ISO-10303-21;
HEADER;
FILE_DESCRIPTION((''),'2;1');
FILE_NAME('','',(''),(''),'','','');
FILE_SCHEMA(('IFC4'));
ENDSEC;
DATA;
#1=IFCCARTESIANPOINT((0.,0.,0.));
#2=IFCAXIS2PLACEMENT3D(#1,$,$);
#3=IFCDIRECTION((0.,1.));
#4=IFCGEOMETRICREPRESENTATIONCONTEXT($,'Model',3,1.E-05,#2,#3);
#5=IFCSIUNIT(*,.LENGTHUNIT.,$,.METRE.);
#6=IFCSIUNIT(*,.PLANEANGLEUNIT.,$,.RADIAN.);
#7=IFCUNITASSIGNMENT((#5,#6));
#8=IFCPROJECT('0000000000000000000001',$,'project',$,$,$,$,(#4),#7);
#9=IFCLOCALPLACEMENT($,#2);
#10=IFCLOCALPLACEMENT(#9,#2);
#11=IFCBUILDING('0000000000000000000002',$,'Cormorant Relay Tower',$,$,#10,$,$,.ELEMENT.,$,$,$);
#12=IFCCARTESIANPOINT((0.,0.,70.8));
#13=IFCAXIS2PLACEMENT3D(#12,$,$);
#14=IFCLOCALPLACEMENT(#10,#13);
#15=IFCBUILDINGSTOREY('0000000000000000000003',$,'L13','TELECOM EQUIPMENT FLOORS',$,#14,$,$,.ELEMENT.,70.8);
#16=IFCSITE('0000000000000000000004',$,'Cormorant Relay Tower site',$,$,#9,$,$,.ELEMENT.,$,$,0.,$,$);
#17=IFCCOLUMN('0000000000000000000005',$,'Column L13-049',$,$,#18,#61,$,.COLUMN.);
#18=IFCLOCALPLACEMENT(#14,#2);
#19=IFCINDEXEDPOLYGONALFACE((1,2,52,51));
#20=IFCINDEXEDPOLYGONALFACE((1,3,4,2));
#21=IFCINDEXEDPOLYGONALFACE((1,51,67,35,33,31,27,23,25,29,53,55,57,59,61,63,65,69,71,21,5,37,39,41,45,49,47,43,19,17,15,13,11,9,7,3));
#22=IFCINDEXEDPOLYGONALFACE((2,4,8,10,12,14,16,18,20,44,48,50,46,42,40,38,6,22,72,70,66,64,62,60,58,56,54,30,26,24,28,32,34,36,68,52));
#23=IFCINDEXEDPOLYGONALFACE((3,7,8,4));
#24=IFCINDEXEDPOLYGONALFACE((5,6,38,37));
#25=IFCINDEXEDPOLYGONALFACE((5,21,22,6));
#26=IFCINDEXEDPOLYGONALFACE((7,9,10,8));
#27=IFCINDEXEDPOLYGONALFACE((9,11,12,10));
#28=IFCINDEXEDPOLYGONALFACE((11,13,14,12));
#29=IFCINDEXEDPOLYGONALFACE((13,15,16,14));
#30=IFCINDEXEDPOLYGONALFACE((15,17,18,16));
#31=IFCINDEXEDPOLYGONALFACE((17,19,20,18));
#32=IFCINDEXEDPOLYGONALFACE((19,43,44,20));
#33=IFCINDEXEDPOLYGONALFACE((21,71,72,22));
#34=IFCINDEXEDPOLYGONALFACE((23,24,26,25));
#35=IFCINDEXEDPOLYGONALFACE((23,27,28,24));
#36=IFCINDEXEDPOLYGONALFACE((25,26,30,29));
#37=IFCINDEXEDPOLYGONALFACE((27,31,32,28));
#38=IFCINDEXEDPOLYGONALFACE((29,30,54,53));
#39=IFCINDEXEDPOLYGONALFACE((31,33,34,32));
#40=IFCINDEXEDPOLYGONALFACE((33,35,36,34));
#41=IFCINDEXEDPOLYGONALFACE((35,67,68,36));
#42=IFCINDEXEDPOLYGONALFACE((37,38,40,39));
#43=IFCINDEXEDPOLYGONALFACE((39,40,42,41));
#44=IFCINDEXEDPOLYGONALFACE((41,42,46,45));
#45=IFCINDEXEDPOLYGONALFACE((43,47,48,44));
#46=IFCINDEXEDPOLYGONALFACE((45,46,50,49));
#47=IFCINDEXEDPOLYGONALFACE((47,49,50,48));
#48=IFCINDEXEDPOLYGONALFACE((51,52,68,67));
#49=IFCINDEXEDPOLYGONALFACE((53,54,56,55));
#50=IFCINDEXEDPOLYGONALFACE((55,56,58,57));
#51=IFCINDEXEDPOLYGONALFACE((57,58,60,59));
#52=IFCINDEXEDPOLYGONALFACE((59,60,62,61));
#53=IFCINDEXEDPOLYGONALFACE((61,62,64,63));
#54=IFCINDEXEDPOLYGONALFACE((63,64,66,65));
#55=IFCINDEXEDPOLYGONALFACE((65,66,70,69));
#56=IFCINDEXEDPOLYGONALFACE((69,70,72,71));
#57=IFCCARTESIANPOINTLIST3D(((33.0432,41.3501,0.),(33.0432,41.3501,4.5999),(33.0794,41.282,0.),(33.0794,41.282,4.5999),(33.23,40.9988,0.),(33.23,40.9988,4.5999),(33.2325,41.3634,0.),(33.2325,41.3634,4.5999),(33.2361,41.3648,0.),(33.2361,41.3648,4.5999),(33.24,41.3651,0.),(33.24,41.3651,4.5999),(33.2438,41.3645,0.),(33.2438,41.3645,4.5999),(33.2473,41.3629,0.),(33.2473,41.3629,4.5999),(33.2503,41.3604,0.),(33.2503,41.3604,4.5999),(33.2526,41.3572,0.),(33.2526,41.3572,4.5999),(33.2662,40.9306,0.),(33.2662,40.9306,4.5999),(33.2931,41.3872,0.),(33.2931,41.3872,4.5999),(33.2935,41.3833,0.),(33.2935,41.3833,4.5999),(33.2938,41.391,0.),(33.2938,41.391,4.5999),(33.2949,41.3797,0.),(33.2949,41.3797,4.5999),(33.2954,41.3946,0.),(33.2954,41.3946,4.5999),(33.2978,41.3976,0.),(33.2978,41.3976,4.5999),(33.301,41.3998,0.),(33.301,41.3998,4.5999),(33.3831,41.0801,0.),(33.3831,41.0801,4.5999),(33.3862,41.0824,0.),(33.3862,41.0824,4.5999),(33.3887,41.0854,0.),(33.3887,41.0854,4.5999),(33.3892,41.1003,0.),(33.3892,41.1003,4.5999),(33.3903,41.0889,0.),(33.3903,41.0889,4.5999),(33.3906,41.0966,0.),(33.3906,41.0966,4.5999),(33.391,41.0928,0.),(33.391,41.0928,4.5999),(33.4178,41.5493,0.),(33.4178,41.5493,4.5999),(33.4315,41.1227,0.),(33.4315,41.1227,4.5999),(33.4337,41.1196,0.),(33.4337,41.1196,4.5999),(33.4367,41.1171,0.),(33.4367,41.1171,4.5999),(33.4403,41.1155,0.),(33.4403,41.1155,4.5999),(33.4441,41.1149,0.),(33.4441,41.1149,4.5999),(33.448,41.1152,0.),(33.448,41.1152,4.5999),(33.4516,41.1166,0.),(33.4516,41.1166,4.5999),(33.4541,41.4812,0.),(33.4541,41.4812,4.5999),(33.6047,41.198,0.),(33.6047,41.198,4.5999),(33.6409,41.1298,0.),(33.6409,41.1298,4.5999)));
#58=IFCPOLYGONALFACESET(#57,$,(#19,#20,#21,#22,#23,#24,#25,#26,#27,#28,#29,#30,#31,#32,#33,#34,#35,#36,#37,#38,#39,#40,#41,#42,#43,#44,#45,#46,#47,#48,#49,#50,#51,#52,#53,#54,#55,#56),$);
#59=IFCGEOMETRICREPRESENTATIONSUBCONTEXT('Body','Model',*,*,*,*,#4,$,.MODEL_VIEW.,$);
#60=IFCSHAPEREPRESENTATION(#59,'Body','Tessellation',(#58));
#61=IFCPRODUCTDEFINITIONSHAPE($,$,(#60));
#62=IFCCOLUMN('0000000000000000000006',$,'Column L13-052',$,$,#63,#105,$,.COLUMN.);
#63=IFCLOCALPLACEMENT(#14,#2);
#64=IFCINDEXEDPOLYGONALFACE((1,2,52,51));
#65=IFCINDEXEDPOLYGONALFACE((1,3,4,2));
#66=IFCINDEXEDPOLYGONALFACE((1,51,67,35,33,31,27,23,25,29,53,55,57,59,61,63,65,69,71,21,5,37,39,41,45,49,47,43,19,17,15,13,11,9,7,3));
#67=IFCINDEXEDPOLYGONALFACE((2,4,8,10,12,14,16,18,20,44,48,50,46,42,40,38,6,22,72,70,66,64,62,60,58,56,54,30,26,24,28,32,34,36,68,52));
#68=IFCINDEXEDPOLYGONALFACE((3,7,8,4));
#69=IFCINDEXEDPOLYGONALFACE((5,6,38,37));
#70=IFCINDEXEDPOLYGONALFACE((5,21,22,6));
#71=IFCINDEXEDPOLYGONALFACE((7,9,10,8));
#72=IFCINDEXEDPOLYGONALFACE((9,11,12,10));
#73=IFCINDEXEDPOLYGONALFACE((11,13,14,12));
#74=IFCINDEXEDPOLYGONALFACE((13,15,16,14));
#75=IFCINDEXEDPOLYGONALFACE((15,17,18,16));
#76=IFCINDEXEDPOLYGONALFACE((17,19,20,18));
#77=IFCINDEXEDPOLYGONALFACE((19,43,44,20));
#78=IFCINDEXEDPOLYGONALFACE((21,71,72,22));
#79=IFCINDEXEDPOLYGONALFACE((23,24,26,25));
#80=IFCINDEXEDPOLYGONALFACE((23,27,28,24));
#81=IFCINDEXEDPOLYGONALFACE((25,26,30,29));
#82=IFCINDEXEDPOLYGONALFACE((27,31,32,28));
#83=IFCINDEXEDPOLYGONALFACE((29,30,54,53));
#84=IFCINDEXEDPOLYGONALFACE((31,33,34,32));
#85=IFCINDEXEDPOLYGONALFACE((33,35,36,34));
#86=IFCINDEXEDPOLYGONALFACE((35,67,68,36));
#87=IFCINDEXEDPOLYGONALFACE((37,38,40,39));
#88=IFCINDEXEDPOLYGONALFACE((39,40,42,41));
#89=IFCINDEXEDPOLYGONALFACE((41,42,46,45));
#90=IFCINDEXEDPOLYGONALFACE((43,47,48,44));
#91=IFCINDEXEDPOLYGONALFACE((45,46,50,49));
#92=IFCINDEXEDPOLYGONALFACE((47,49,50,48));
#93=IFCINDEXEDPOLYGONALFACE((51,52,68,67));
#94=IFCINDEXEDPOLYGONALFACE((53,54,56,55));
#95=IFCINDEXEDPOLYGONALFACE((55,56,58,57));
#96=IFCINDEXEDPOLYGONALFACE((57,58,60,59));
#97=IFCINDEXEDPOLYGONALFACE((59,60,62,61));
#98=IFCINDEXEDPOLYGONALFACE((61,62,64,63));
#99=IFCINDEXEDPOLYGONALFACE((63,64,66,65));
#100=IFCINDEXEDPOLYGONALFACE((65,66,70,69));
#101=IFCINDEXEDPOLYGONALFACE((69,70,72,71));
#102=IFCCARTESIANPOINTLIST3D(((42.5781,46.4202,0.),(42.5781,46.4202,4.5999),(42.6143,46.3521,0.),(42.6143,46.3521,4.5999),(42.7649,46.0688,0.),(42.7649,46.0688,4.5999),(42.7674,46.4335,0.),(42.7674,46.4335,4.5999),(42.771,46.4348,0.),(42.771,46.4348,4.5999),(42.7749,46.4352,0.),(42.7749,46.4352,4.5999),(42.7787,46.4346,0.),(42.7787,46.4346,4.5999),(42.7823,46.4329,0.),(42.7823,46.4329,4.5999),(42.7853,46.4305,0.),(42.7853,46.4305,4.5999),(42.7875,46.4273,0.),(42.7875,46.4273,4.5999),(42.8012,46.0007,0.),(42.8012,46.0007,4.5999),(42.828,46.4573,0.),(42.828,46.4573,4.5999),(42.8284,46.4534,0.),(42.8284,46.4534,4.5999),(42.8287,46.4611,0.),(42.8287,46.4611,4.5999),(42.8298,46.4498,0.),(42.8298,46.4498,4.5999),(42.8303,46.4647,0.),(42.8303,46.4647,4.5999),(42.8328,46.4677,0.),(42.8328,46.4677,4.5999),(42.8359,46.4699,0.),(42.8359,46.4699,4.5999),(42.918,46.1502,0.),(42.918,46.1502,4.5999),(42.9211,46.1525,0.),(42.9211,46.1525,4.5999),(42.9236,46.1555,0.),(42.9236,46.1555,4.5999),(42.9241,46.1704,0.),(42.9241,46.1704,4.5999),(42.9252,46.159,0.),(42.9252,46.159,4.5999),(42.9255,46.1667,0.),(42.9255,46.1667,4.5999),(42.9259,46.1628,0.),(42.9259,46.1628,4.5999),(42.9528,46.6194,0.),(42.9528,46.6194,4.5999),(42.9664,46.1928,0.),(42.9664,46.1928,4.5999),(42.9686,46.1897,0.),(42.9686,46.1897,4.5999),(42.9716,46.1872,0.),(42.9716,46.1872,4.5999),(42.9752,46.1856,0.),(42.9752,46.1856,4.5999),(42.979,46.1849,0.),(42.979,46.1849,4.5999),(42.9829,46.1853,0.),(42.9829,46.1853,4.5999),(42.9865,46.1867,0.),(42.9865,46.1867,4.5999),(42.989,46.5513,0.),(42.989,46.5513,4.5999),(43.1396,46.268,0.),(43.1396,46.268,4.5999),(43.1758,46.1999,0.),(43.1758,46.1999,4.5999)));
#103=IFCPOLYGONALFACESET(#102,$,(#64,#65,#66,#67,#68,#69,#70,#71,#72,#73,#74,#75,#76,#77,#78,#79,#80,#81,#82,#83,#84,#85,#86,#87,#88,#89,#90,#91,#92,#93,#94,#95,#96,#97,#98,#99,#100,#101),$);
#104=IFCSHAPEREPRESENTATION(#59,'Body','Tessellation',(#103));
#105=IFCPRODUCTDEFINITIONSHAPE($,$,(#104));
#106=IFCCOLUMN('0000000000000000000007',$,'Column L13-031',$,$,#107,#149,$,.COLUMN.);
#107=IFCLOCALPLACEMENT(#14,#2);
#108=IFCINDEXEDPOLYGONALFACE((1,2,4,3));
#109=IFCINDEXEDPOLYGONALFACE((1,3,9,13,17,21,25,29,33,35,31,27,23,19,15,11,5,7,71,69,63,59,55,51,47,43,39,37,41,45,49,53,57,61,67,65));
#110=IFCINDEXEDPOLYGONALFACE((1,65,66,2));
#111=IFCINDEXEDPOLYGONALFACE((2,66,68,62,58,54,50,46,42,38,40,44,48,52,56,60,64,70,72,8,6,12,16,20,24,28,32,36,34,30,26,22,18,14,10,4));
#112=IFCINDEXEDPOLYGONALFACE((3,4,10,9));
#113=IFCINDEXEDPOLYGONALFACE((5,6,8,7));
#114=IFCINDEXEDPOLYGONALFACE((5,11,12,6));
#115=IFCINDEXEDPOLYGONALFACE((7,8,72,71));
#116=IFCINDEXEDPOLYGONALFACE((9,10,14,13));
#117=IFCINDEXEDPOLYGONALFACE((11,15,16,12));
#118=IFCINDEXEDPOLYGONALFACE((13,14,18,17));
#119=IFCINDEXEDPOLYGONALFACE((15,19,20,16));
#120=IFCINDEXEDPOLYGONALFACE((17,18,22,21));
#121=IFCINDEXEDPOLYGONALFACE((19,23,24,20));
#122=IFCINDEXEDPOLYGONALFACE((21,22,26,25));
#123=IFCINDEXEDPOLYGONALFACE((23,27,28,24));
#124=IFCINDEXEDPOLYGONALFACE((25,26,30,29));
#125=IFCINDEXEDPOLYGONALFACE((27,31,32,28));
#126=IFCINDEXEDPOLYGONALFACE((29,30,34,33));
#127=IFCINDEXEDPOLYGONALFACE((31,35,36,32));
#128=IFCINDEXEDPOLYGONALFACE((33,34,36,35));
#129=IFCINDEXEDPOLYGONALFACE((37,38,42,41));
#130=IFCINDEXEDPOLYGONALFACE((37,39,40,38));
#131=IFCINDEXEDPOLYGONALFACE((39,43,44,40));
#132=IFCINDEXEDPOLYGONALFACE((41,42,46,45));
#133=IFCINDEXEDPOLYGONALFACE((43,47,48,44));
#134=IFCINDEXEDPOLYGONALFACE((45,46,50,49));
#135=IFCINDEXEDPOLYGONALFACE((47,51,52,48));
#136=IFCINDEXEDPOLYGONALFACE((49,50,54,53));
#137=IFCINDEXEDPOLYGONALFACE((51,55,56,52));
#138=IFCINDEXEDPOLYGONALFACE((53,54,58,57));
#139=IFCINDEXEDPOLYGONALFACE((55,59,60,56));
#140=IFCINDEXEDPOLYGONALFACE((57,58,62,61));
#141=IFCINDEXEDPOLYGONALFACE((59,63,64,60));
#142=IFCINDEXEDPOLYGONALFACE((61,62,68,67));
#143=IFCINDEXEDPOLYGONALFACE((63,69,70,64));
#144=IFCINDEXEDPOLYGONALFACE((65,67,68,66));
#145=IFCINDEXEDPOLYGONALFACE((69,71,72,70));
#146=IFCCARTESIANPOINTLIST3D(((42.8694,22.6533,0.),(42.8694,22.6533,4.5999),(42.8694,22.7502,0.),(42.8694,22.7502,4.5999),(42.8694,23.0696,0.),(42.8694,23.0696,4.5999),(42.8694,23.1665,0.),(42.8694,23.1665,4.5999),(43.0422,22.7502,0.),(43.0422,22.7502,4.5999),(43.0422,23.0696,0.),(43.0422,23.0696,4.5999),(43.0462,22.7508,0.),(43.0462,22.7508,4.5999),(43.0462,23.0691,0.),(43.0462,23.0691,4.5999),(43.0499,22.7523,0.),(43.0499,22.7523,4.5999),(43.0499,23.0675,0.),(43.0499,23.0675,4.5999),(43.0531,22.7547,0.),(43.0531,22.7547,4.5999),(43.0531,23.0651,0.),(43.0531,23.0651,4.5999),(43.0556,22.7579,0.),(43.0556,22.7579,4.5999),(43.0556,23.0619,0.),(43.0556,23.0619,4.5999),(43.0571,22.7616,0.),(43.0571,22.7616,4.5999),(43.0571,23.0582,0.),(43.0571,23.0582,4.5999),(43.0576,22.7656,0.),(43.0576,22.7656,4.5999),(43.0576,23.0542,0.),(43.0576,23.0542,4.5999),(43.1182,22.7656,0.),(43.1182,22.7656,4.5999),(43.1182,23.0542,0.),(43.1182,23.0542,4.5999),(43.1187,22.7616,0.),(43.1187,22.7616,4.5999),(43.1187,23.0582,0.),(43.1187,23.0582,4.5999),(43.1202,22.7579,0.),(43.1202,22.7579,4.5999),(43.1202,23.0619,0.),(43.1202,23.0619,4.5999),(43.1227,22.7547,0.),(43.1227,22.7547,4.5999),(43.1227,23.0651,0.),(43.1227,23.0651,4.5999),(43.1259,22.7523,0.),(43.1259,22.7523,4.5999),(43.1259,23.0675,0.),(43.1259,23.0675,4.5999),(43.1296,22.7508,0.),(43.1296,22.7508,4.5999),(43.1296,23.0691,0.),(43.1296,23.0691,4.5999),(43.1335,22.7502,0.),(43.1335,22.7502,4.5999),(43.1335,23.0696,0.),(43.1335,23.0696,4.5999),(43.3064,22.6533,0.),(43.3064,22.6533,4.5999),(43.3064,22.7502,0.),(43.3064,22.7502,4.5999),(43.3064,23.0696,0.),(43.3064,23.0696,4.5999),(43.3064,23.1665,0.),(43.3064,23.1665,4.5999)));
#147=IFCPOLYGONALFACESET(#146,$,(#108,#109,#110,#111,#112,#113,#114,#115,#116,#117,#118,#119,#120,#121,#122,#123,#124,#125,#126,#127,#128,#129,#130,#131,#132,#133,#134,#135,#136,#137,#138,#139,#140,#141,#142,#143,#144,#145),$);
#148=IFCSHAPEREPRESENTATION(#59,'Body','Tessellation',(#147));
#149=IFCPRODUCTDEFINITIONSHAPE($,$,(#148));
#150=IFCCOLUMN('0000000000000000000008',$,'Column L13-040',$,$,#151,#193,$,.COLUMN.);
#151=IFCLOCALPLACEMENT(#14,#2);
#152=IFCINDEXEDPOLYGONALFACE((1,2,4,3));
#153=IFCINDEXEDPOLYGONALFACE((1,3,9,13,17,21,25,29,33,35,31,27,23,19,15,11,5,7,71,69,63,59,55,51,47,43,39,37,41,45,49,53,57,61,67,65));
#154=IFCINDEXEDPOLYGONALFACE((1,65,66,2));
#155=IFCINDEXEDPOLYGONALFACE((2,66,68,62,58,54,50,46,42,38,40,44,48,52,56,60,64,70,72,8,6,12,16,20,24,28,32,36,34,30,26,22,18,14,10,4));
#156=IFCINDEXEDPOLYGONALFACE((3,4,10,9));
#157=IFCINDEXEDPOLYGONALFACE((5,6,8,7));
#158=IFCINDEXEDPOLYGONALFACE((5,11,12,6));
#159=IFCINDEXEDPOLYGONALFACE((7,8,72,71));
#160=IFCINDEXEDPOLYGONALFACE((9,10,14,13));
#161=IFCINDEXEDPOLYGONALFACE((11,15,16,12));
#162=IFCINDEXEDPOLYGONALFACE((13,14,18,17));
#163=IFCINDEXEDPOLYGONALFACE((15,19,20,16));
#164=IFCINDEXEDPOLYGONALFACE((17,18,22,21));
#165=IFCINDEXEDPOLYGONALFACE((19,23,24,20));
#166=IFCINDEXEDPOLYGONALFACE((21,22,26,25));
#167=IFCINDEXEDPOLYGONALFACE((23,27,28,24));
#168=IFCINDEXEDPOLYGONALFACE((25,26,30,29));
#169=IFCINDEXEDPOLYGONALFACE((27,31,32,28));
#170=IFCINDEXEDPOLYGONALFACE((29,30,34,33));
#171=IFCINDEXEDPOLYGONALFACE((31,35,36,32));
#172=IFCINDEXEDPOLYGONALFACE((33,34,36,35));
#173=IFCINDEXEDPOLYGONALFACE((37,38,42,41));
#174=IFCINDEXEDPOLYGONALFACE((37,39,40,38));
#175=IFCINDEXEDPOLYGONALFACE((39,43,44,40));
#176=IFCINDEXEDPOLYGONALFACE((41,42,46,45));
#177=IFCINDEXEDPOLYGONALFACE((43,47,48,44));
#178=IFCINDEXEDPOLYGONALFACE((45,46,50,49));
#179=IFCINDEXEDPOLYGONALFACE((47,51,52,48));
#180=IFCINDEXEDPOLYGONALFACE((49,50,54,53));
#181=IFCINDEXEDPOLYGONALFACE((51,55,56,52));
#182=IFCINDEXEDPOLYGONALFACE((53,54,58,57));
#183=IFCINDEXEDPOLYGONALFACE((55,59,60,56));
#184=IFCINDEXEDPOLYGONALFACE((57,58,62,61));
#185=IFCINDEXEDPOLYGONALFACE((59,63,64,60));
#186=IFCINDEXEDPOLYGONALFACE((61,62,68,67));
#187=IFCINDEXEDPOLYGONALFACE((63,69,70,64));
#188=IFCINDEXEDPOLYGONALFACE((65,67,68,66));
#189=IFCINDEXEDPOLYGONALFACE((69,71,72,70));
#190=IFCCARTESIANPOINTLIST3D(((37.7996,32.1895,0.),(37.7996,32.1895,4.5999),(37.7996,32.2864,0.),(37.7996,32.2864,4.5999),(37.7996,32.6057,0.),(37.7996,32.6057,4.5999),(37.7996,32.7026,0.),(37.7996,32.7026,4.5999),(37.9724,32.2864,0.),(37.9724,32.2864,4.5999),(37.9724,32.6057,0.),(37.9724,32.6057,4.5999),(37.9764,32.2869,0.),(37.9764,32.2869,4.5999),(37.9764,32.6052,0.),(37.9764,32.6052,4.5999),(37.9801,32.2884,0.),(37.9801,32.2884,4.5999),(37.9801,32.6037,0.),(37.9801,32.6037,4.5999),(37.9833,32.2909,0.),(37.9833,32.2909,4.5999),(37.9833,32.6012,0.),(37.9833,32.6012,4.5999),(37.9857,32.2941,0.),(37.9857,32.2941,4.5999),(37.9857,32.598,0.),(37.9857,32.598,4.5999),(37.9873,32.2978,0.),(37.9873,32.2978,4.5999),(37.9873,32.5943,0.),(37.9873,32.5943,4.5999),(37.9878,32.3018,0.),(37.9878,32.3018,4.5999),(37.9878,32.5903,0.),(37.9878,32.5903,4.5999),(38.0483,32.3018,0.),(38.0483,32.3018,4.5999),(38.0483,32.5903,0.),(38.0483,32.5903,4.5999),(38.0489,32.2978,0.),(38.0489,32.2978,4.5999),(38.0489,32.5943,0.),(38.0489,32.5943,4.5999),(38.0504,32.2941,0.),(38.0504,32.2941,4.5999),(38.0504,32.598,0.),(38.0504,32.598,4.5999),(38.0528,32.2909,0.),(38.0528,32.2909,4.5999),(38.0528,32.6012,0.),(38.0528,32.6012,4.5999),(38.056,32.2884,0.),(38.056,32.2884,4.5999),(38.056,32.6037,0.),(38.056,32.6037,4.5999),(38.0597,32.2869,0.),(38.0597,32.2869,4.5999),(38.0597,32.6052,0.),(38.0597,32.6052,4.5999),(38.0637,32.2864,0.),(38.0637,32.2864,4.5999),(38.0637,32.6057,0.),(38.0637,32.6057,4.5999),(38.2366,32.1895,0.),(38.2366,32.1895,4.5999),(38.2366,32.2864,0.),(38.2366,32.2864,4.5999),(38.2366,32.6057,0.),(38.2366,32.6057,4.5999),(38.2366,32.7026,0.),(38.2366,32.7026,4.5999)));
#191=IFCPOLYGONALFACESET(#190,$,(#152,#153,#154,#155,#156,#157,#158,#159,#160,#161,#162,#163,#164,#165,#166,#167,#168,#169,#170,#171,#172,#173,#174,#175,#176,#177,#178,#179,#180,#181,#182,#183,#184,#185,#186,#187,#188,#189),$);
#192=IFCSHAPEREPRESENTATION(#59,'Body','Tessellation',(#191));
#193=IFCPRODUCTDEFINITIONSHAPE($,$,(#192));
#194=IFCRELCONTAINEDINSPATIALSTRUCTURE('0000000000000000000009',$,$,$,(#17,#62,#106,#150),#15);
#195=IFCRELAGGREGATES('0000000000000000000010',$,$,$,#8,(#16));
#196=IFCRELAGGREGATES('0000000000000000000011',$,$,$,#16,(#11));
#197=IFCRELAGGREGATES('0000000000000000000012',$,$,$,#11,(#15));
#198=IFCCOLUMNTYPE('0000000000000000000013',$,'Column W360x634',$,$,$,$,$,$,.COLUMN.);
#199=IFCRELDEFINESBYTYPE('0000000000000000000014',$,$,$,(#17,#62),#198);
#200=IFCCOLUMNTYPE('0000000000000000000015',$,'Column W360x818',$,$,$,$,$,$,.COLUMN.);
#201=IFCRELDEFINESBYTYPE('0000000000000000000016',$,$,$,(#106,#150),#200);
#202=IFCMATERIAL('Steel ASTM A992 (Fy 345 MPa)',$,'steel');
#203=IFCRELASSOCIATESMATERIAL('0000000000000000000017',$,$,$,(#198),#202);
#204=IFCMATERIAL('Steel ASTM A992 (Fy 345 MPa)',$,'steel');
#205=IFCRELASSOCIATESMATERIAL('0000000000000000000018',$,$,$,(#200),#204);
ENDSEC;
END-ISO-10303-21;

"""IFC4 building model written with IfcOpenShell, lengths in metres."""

from ifc_helpers import new_model, si_unit, direction, frame, origin, origin_2d, place, context, subcontext, project, spatial, i_section, extrude, material, material_profile, profile_set, type_object, element, save


model = new_model("IFC4")

# Units and contexts
model_context = context("Model", 3, precision=1e-05, world=origin(), true_north=direction((0.0, 1.0)))
body_context = subcontext(model_context, "Body", "Model", "MODEL_VIEW")
ifc_project = project(units=[si_unit("LENGTHUNIT", "METRE"), si_unit("PLANEANGLEUNIT", "RADIAN")], contexts=[model_context])

# Site, building, storey
site_placement = place(None, origin())
site = spatial("IfcSite", under=ifc_project, at=site_placement, Name="Cormorant Relay Tower site", CompositionType="ELEMENT", RefElevation=0.0)
building_placement = place(site_placement, origin())
building = spatial("IfcBuilding", under=site, at=building_placement, Name="Cormorant Relay Tower", CompositionType="ELEMENT")
storey_placement = place(building_placement, frame((0.0, 0.0, 70.8)))
storey = spatial("IfcBuildingStorey", under=building, at=storey_placement, Name="L13", Description="TELECOM EQUIPMENT FLOORS", CompositionType="ELEMENT", Elevation=70.8)

# Columns
ifc_material_1 = material(Name="Steel ASTM A992 (Fy 345 MPa)", Category="steel")
ifc_material_profile_1 = material_profile(ifc_material_1, i_section(OverallWidth=0.4243, OverallDepth=0.4751, WebThickness=0.0479, FlangeThickness=0.0771, FilletRadius=0.0149, at=origin_2d()), Name="W360x634")
ifc_profile_set_1 = profile_set([ifc_material_profile_1], Name="Steel ASTM A992 (Fy 345 MPa)")
column_type_1 = type_object("IfcColumnType", Name="Column W360x634", PredefinedType="COLUMN", material=ifc_profile_set_1)
for number, where, z_axis, x_axis, name in (
    (1, (33.342, 41.24, 0.0), (0.0, 0.0, 1.0), (-0.882948, -0.469472, 0.0), "Column L13-049"),
    (2, (42.877, 46.3101, 0.0), (0.0, 0.0, 1.0), (-0.882948, -0.469472, 0.0), "Column L13-052"),
):
    element("IfcColumn", number, at=place(storey_placement, frame(where, z_axis=z_axis, x_axis=x_axis)), inside=storey, type_object=column_type_1, Name=name, PredefinedType="COLUMN", context=body_context, shape_type="SweptSolid", body=[
        extrude(i_section(OverallWidth=0.4243, OverallDepth=0.4751, WebThickness=0.0479, FlangeThickness=0.0771, FilletRadius=0.0149, at=origin_2d()), origin(), (0.0, 0.0, 1.0), 4.5999),
    ])
ifc_material_2 = material(Name="Steel ASTM A992 (Fy 345 MPa)", Category="steel")
ifc_material_profile_2 = material_profile(ifc_material_2, i_section(OverallWidth=0.437, OverallDepth=0.5132, WebThickness=0.0605, FlangeThickness=0.0969, FilletRadius=0.0154, at=origin_2d()), Name="W360x818")
ifc_profile_set_2 = profile_set([ifc_material_profile_2], Name="Steel ASTM A992 (Fy 345 MPa)")
column_type_2 = type_object("IfcColumnType", Name="Column W360x818", PredefinedType="COLUMN", material=ifc_profile_set_2)
for number, where, z_axis, x_axis, name in (
    (3, (43.0879, 22.9099, 0.0), (0.0, 0.0, 1.0), (1.0, 0.0, 0.0), "Column L13-031"),
    (4, (38.0181, 32.446, 0.0), (0.0, 0.0, 1.0), (1.0, 0.0, 0.0), "Column L13-040"),
):
    element("IfcColumn", number, at=place(storey_placement, frame(where, z_axis=z_axis, x_axis=x_axis)), inside=storey, type_object=column_type_2, Name=name, PredefinedType="COLUMN", context=body_context, shape_type="SweptSolid", body=[
        extrude(i_section(OverallWidth=0.437, OverallDepth=0.5132, WebThickness=0.0605, FlangeThickness=0.0969, FilletRadius=0.0154, at=origin_2d()), origin(), (0.0, 0.0, 1.0), 4.5999),
    ])

save(model, "model.ifc")
